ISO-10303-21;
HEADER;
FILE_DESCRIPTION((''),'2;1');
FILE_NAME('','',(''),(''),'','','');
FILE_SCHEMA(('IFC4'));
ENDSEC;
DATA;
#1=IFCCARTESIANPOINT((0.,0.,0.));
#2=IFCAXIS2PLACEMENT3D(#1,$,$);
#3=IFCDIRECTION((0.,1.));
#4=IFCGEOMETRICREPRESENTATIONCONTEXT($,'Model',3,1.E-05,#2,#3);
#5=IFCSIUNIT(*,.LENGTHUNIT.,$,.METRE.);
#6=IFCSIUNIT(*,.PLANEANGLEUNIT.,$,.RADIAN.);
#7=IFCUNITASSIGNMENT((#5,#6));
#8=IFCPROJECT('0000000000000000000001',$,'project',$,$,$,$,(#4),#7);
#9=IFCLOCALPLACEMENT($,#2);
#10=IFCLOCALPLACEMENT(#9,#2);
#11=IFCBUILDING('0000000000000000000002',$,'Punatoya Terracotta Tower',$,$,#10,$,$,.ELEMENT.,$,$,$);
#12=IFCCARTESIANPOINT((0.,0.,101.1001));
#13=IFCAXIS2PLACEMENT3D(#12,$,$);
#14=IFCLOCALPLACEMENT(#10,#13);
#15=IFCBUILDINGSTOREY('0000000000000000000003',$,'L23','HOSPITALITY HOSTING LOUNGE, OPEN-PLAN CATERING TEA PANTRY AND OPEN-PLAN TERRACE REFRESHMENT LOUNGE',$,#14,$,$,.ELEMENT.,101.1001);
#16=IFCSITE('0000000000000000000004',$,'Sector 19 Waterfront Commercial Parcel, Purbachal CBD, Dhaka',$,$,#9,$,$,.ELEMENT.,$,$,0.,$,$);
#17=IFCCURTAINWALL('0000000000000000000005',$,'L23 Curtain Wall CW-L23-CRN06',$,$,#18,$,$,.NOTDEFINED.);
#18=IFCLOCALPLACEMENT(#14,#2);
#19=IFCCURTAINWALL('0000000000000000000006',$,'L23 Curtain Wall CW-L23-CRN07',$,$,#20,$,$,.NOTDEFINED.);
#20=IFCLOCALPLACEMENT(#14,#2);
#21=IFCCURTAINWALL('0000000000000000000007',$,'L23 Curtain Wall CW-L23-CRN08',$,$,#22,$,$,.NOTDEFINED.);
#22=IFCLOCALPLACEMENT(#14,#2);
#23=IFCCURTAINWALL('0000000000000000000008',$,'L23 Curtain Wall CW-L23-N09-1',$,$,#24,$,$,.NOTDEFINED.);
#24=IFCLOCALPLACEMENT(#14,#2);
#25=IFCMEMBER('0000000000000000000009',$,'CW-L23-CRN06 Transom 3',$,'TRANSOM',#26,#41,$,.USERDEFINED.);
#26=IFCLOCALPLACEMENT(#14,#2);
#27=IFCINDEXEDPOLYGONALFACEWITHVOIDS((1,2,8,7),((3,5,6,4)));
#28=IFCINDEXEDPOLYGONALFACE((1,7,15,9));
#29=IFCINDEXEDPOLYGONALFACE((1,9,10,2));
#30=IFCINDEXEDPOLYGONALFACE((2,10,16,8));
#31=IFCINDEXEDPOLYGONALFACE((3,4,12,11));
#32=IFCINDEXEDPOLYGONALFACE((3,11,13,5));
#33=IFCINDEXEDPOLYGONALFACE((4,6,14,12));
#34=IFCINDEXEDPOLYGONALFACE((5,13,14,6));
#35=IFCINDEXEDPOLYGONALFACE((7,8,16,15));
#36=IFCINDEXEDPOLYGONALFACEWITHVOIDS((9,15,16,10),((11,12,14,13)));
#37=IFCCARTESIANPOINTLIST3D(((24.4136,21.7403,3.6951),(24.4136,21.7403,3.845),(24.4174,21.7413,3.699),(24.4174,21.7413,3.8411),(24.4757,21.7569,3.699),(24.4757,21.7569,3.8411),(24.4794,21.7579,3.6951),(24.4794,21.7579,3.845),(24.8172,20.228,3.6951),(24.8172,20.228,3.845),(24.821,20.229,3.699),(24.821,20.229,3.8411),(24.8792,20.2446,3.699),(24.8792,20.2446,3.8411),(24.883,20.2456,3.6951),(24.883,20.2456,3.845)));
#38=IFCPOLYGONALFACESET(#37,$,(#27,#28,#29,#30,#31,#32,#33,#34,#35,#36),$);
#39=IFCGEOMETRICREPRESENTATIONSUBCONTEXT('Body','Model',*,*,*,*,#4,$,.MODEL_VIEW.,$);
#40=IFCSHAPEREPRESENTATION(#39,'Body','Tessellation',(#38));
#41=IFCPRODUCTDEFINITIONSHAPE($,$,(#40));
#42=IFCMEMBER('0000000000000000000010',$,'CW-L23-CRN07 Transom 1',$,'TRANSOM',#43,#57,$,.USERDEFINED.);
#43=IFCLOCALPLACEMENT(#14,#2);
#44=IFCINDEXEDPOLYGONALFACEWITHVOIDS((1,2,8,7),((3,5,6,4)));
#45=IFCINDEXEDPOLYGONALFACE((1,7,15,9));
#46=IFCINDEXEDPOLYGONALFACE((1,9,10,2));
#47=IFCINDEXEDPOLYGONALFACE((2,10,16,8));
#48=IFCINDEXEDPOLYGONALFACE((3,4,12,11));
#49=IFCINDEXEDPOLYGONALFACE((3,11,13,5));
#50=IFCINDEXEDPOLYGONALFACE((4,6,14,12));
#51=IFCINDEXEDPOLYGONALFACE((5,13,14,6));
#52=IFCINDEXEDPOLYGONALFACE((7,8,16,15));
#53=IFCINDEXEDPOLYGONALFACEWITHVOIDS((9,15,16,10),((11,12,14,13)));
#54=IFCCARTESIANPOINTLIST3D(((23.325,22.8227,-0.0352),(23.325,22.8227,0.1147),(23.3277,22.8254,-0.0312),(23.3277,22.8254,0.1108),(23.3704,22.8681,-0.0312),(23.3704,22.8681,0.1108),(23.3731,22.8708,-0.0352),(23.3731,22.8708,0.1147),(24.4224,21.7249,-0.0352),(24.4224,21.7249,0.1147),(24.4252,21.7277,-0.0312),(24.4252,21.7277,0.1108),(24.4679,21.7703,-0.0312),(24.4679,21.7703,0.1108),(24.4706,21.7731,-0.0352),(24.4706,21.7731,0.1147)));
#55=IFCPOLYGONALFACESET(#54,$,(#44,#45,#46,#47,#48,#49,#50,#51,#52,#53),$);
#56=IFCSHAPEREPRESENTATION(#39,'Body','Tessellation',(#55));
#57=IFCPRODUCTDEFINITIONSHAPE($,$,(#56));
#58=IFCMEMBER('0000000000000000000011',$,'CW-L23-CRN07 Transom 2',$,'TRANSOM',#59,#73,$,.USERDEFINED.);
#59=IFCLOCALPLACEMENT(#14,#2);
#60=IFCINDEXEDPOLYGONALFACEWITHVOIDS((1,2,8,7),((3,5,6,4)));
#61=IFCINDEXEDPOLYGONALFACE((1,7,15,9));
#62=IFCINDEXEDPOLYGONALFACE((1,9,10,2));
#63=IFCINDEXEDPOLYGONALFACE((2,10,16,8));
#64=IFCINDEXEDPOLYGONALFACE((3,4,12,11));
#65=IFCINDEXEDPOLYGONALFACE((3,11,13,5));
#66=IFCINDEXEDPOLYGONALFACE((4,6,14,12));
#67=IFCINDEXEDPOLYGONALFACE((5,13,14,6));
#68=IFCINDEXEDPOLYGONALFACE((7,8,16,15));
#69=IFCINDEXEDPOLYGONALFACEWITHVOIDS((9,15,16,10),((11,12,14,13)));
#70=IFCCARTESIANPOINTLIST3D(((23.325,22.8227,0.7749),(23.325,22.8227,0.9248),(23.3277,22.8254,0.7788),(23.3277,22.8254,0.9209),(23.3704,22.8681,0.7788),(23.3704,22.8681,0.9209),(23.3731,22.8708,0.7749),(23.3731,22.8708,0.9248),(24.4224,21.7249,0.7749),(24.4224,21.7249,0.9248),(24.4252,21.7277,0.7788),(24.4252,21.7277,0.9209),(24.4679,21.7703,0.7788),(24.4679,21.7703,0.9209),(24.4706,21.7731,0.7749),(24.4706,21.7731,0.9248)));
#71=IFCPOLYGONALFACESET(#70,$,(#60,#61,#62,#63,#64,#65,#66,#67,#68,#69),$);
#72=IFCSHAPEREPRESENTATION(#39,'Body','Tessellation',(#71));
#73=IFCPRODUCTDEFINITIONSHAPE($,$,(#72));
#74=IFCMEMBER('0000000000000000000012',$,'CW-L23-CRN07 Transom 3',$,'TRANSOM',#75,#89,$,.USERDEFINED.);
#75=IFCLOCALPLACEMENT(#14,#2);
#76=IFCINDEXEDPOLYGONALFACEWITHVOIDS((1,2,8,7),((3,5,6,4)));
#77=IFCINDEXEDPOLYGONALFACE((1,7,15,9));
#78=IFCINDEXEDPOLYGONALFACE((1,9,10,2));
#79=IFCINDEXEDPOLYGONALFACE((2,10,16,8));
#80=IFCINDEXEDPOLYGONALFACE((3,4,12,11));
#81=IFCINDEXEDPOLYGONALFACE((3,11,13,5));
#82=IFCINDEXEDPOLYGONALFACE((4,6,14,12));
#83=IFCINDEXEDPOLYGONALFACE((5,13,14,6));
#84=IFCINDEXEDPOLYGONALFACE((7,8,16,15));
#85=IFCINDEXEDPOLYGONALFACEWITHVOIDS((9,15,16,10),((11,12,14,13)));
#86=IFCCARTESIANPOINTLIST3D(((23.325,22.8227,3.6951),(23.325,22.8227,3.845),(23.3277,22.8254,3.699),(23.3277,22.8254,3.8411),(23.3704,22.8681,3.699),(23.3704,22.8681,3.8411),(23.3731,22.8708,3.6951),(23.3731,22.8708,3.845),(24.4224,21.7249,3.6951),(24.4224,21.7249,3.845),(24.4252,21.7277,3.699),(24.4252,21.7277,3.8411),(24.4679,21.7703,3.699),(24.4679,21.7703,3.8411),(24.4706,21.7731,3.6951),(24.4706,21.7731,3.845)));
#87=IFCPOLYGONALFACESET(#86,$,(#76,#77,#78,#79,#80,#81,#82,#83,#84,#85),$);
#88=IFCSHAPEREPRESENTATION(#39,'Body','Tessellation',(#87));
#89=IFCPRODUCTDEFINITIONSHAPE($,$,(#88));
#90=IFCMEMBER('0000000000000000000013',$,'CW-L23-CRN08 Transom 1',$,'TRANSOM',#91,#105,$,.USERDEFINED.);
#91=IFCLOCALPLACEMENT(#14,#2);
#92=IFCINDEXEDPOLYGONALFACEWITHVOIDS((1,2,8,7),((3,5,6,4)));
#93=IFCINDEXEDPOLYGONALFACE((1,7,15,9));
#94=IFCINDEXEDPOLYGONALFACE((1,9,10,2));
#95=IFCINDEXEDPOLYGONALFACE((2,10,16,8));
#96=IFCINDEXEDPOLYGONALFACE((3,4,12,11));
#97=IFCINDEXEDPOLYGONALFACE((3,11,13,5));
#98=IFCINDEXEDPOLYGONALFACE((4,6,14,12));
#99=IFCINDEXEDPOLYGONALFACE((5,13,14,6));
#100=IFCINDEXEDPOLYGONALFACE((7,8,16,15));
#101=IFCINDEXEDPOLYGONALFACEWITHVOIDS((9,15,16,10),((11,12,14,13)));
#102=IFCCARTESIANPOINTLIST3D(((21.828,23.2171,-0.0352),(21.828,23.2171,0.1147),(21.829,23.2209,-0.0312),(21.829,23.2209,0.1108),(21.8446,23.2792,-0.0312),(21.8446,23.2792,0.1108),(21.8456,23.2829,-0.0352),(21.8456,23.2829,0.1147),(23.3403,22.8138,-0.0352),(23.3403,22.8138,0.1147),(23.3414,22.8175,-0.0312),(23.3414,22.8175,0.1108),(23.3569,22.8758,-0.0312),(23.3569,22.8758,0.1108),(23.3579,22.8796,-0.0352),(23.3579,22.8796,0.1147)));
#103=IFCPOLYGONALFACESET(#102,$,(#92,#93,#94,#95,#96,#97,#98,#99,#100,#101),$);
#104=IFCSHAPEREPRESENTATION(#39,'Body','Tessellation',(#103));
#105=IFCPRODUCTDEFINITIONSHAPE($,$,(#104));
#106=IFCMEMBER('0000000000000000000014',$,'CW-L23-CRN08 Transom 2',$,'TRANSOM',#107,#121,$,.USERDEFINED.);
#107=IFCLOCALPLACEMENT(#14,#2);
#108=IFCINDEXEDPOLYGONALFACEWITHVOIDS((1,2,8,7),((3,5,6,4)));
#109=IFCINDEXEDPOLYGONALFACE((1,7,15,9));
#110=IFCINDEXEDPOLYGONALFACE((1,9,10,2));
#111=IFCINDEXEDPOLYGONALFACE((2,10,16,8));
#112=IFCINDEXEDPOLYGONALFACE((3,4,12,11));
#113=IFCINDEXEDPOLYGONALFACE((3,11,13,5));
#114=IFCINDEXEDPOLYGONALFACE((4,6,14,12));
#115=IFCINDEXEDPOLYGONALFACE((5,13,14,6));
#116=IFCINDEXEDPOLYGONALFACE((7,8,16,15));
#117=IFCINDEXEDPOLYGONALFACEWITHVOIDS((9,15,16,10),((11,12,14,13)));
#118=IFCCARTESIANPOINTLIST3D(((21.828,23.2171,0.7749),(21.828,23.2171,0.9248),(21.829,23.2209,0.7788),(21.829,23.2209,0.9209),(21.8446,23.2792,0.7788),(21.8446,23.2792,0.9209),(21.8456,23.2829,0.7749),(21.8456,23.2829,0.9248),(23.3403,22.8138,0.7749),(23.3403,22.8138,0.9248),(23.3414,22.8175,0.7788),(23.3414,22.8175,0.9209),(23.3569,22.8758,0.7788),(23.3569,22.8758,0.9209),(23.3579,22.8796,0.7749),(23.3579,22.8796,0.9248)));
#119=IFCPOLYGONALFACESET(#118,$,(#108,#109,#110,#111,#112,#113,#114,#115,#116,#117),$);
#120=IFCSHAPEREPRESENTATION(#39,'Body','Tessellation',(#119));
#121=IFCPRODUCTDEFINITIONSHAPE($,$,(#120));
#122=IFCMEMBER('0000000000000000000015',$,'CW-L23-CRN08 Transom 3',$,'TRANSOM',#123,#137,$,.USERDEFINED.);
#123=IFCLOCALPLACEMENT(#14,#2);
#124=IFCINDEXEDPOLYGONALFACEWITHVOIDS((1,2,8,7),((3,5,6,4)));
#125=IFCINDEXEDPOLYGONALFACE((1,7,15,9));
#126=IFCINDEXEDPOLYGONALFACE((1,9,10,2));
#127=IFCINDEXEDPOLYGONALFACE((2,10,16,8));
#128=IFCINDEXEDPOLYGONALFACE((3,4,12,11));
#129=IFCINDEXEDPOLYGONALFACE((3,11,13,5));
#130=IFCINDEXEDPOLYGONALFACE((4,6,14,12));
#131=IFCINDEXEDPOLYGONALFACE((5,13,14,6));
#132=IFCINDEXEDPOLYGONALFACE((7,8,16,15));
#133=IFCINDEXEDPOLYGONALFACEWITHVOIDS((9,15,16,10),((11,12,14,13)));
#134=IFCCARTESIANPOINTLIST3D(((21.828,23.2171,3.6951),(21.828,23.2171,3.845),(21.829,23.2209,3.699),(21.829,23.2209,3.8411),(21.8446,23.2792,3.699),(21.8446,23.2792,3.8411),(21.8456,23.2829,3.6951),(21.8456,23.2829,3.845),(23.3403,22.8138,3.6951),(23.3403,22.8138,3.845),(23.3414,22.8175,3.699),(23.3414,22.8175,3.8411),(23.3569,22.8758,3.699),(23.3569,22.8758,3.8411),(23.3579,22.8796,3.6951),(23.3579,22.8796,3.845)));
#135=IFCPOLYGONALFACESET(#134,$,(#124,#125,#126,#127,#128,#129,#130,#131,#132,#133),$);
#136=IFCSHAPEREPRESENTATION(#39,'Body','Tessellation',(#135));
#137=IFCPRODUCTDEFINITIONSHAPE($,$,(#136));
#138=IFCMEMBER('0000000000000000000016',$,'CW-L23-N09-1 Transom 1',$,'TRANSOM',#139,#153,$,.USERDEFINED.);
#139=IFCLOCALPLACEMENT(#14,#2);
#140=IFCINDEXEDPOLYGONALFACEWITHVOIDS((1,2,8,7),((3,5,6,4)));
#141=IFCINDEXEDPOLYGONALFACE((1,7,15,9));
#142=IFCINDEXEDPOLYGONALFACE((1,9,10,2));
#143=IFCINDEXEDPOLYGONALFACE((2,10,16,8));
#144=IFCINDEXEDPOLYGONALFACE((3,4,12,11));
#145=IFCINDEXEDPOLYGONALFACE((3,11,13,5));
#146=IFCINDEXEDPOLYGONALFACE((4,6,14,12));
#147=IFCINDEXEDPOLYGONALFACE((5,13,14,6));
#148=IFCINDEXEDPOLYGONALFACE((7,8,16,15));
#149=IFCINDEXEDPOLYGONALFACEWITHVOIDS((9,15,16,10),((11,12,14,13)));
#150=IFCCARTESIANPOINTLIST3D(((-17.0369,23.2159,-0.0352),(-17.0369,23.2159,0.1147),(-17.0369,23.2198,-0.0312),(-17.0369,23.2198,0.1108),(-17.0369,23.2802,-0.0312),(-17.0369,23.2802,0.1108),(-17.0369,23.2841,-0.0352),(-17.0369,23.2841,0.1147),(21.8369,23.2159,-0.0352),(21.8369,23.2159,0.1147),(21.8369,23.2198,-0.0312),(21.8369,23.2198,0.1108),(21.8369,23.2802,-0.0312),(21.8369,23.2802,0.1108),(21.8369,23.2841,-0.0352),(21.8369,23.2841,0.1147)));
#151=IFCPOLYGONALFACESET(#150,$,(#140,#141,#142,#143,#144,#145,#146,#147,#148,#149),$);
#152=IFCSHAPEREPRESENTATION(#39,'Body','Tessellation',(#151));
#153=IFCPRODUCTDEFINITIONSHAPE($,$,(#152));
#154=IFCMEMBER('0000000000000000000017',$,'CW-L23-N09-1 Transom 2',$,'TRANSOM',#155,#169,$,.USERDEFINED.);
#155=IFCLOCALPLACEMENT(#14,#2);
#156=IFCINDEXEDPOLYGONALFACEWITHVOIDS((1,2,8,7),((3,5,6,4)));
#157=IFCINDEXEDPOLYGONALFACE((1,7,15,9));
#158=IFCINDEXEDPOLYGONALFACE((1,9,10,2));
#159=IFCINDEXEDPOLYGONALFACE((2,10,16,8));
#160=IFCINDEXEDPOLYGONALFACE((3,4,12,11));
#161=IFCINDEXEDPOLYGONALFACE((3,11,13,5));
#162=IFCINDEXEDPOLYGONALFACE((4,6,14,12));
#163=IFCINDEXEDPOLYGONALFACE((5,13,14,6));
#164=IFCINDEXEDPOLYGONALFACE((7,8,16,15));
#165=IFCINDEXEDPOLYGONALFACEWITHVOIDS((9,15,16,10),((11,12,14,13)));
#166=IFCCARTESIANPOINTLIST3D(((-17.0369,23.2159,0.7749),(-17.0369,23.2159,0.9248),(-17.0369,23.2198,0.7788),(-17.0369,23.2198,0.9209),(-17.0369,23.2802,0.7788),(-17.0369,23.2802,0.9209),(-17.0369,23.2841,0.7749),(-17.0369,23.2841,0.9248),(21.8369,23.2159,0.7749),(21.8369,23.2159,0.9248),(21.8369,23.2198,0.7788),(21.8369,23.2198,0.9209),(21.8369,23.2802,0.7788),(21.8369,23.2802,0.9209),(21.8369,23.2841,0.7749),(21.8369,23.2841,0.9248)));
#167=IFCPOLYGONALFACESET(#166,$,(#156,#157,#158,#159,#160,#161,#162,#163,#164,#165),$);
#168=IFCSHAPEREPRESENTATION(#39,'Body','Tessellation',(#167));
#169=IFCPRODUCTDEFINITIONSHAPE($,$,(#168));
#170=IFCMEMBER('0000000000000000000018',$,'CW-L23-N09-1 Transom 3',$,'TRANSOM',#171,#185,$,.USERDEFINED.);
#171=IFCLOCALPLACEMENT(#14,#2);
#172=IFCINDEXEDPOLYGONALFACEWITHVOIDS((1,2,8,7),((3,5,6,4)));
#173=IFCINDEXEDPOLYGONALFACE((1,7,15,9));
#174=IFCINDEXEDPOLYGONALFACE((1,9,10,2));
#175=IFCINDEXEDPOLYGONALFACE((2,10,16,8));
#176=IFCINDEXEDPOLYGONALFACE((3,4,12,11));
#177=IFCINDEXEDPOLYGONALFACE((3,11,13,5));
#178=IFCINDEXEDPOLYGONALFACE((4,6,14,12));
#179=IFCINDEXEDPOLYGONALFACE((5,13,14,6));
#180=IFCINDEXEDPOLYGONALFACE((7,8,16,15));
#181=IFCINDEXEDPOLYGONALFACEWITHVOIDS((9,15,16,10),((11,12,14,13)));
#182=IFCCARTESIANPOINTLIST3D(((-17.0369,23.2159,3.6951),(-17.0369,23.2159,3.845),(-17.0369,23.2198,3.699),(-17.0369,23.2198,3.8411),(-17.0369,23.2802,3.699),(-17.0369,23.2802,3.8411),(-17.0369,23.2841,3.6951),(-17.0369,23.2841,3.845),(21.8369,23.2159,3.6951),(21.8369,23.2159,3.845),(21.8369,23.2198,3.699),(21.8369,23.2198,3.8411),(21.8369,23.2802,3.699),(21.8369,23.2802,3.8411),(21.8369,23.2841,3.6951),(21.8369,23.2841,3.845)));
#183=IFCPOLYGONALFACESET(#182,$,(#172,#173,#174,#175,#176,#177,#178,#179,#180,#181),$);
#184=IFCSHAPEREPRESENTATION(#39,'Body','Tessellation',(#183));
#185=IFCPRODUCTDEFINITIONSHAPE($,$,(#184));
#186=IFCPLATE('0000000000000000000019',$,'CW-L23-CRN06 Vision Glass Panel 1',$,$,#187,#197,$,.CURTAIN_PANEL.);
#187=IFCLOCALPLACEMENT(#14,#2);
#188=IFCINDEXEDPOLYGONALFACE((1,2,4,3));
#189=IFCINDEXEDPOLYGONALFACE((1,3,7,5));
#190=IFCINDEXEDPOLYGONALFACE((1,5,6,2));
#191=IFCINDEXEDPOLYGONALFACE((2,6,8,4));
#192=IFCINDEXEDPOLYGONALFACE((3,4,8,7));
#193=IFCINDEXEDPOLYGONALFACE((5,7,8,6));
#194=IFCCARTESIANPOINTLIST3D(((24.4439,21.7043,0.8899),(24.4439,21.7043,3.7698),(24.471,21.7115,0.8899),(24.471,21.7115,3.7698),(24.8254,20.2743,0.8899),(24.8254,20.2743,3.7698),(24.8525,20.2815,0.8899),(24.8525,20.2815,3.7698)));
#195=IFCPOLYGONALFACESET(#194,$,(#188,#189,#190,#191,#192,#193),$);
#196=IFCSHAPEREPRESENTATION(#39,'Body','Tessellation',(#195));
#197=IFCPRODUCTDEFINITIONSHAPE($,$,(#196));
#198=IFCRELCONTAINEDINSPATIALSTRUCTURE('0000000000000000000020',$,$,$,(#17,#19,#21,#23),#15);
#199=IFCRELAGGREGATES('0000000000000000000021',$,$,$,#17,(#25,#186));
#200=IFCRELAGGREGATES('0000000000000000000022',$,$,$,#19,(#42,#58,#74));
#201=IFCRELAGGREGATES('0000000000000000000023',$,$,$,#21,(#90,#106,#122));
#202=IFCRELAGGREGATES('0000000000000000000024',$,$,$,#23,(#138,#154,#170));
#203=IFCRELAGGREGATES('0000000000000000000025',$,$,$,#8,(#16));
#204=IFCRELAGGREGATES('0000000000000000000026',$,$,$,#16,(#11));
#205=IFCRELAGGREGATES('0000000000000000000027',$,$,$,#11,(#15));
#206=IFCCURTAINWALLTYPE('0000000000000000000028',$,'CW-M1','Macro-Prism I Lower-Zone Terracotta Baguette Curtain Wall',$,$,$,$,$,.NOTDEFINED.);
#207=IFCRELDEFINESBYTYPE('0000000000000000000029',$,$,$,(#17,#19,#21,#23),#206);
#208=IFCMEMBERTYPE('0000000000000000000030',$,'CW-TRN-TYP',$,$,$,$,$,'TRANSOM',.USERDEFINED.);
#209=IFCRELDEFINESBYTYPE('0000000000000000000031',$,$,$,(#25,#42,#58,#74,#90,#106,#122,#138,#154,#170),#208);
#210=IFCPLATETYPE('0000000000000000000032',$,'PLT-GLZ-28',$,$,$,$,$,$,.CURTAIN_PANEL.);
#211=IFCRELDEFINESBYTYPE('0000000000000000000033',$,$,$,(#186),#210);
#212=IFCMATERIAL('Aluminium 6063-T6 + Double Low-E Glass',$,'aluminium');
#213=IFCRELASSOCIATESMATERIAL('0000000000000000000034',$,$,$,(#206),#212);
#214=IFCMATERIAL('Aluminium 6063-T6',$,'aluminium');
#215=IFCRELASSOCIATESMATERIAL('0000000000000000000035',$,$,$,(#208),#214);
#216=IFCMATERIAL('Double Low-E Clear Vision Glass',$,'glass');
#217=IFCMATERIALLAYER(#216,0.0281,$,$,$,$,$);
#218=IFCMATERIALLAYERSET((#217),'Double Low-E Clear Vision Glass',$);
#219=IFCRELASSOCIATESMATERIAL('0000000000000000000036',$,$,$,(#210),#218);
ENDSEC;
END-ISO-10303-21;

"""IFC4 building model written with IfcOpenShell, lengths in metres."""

from ifc_helpers import new_model, si_unit, direction, frame, origin, origin_2d, place, context, subcontext, project, spatial, rectangle, hollow_rectangle, extrude, material, layer, layer_set, material_profile, profile_set, type_object, element, aggregate, save


model = new_model("IFC4")

# Units and contexts
model_context = context("Model", 3, precision=1e-05, world=origin(), true_north=direction((0.0, 1.0)))
body_context = subcontext(model_context, "Body", "Model", "MODEL_VIEW")
ifc_project = project(units=[si_unit("LENGTHUNIT", "METRE"), si_unit("PLANEANGLEUNIT", "RADIAN")], contexts=[model_context])

# Site, building, storey
site_placement = place(None, origin())
site = spatial("IfcSite", under=ifc_project, at=site_placement, Name="Sector 19 Waterfront Commercial Parcel, Purbachal CBD, Dhaka", CompositionType="ELEMENT", RefElevation=0.0)
building_placement = place(site_placement, origin())
building = spatial("IfcBuilding", under=site, at=building_placement, Name="Punatoya Terracotta Tower", CompositionType="ELEMENT")
storey_placement = place(building_placement, frame((0.0, 0.0, 101.1001)))
storey = spatial("IfcBuildingStorey", under=building, at=storey_placement, Name="L23", Description="HOSPITALITY HOSTING LOUNGE, OPEN-PLAN CATERING TEA PANTRY AND OPEN-PLAN TERRACE REFRESHMENT LOUNGE", CompositionType="ELEMENT", Elevation=101.1001)

# Curtain walls
ifc_material_1 = material(Name="Aluminium 6063-T6 + Double Low-E Glass", Category="aluminium")
curtain_wall_type = type_object("IfcCurtainWallType", Name="CW-M1", Description="Macro-Prism I Lower-Zone Terracotta Baguette Curtain Wall", PredefinedType="NOTDEFINED", material=ifc_material_1)
curtain_wall_1_placement = place(storey_placement, origin())
curtain_wall_1 = element("IfcCurtainWall", 1, at=curtain_wall_1_placement, inside=storey, type_object=curtain_wall_type, Name="L23 Curtain Wall CW-L23-CRN06", PredefinedType="NOTDEFINED")
ifc_material_2 = material(Name="Aluminium 6063-T6", Category="aluminium")
curtain_wall_2_placement = place(storey_placement, origin())
curtain_wall_2 = element("IfcCurtainWall", 2, at=curtain_wall_2_placement, inside=storey, type_object=curtain_wall_type, Name="L23 Curtain Wall CW-L23-CRN07", PredefinedType="NOTDEFINED")
curtain_wall_3_placement = place(storey_placement, origin())
curtain_wall_3 = element("IfcCurtainWall", 3, at=curtain_wall_3_placement, inside=storey, type_object=curtain_wall_type, Name="L23 Curtain Wall CW-L23-CRN08", PredefinedType="NOTDEFINED")

# Curtain wall
curtain_wall_4_placement = place(storey_placement, origin())
curtain_wall_4 = element("IfcCurtainWall", 4, at=curtain_wall_4_placement, inside=storey, type_object=curtain_wall_type, Name="L23 Curtain Wall CW-L23-N09-1", PredefinedType="NOTDEFINED")

# Members
ifc_material_profile_1 = material_profile(ifc_material_2, hollow_rectangle(XDim=0.0681, YDim=0.1499, WallThickness=0.0039, at=origin_2d()))
ifc_profile_set_1 = profile_set([ifc_material_profile_1], Name="Aluminium 6063-T6")
member_type_1 = type_object("IfcMemberType", Name="CW-TRN-TYP", ElementType="TRANSOM", PredefinedType="USERDEFINED", material=ifc_profile_set_1)
member_1_placement = place(storey_placement, frame((24.8501, 20.2368, 3.77), z_axis=(-0.257847, 0.966186, 0.0), x_axis=(-0.966186, -0.257847, 0.0)))
member_1 = element("IfcMember", 5, at=member_1_placement, type_object=member_type_1, Name="CW-L23-CRN06 Transom 3", ObjectType="TRANSOM", PredefinedType="USERDEFINED", context=body_context, shape_type="SweptSolid", body=[
    extrude(hollow_rectangle(XDim=0.0681, YDim=0.1499, WallThickness=0.0039, at=origin_2d()), origin(), (0.0, 0.0, 1.0), 1.5652),
])
member_2_placement = place(storey_placement, frame((24.4465, 21.749, 0.0398), z_axis=(-0.707028, 0.707185, 0.0), x_axis=(-0.707185, -0.707028, 0.0)))
member_2 = element("IfcMember", 6, at=member_2_placement, type_object=member_type_1, Name="CW-L23-CRN07 Transom 1", ObjectType="TRANSOM", PredefinedType="USERDEFINED", context=body_context, shape_type="SweptSolid", body=[
    extrude(hollow_rectangle(XDim=0.0681, YDim=0.1499, WallThickness=0.0039, at=origin_2d()), origin(), (0.0, 0.0, 1.0), 1.5522),
])
member_3_placement = place(storey_placement, frame((24.4465, 21.749, 0.8499), z_axis=(-0.707028, 0.707185, 0.0), x_axis=(-0.707185, -0.707028, 0.0)))
member_3 = element("IfcMember", 7, at=member_3_placement, type_object=member_type_1, Name="CW-L23-CRN07 Transom 2", ObjectType="TRANSOM", PredefinedType="USERDEFINED", context=body_context, shape_type="SweptSolid", body=[
    extrude(hollow_rectangle(XDim=0.0681, YDim=0.1499, WallThickness=0.0039, at=origin_2d()), origin(), (0.0, 0.0, 1.0), 1.5522),
])
member_4_placement = place(storey_placement, frame((24.4465, 21.749, 3.77), z_axis=(-0.707028, 0.707185, 0.0), x_axis=(-0.707185, -0.707028, 0.0)))
member_4 = element("IfcMember", 8, at=member_4_placement, type_object=member_type_1, Name="CW-L23-CRN07 Transom 3", ObjectType="TRANSOM", PredefinedType="USERDEFINED", context=body_context, shape_type="SweptSolid", body=[
    extrude(hollow_rectangle(XDim=0.0681, YDim=0.1499, WallThickness=0.0039, at=origin_2d()), origin(), (0.0, 0.0, 1.0), 1.5522),
])
member_5_placement = place(storey_placement, frame((23.3491, 22.8467, 0.0398), z_axis=(-0.966225, 0.257701, 0.0), x_axis=(-0.257701, -0.966225, 0.0)))
member_5 = element("IfcMember", 9, at=member_5_placement, type_object=member_type_1, Name="CW-L23-CRN08 Transom 1", ObjectType="TRANSOM", PredefinedType="USERDEFINED", context=body_context, shape_type="SweptSolid", body=[
    extrude(hollow_rectangle(XDim=0.0681, YDim=0.1499, WallThickness=0.0039, at=origin_2d()), origin(), (0.0, 0.0, 1.0), 1.5652),
])
member_6_placement = place(storey_placement, frame((23.3491, 22.8467, 0.8499), z_axis=(-0.966225, 0.257701, 0.0), x_axis=(-0.257701, -0.966225, 0.0)))
member_6 = element("IfcMember", 10, at=member_6_placement, type_object=member_type_1, Name="CW-L23-CRN08 Transom 2", ObjectType="TRANSOM", PredefinedType="USERDEFINED", context=body_context, shape_type="SweptSolid", body=[
    extrude(hollow_rectangle(XDim=0.0681, YDim=0.1499, WallThickness=0.0039, at=origin_2d()), origin(), (0.0, 0.0, 1.0), 1.5652),
])
member_7_placement = place(storey_placement, frame((23.3491, 22.8467, 3.77), z_axis=(-0.966225, 0.257701, 0.0), x_axis=(-0.257701, -0.966225, 0.0)))
member_7 = element("IfcMember", 11, at=member_7_placement, type_object=member_type_1, Name="CW-L23-CRN08 Transom 3", ObjectType="TRANSOM", PredefinedType="USERDEFINED", context=body_context, shape_type="SweptSolid", body=[
    extrude(hollow_rectangle(XDim=0.0681, YDim=0.1499, WallThickness=0.0039, at=origin_2d()), origin(), (0.0, 0.0, 1.0), 1.5652),
])
member_8_placement = place(storey_placement, frame((21.8369, 23.25, 0.0398), z_axis=(-1.0, 0.0, 0.0), x_axis=(0.0, -1.0, 0.0)))
member_8 = element("IfcMember", 12, at=member_8_placement, type_object=member_type_1, Name="CW-L23-N09-1 Transom 1", ObjectType="TRANSOM", PredefinedType="USERDEFINED", context=body_context, shape_type="SweptSolid", body=[
    extrude(hollow_rectangle(XDim=0.0681, YDim=0.1499, WallThickness=0.0039, at=origin_2d()), origin(), (0.0, 0.0, 1.0), 38.8738),
])
member_9_placement = place(storey_placement, frame((21.8369, 23.25, 0.8499), z_axis=(-1.0, 0.0, 0.0), x_axis=(0.0, -1.0, 0.0)))
member_9 = element("IfcMember", 13, at=member_9_placement, type_object=member_type_1, Name="CW-L23-N09-1 Transom 2", ObjectType="TRANSOM", PredefinedType="USERDEFINED", context=body_context, shape_type="SweptSolid", body=[
    extrude(hollow_rectangle(XDim=0.0681, YDim=0.1499, WallThickness=0.0039, at=origin_2d()), origin(), (0.0, 0.0, 1.0), 38.8738),
])
member_10_placement = place(storey_placement, frame((21.8369, 23.25, 3.77), z_axis=(-1.0, 0.0, 0.0), x_axis=(0.0, -1.0, 0.0)))
member_10 = element("IfcMember", 14, at=member_10_placement, type_object=member_type_1, Name="CW-L23-N09-1 Transom 3", ObjectType="TRANSOM", PredefinedType="USERDEFINED", context=body_context, shape_type="SweptSolid", body=[
    extrude(hollow_rectangle(XDim=0.0681, YDim=0.1499, WallThickness=0.0039, at=origin_2d()), origin(), (0.0, 0.0, 1.0), 38.8738),
])

# Plate
ifc_material_3 = material(Name="Double Low-E Clear Vision Glass", Category="glass")
ifc_layer_1 = layer(ifc_material_3, 0.0281)
ifc_layer_set_1 = layer_set([ifc_layer_1], Name="Double Low-E Clear Vision Glass")
plate_type_1 = type_object("IfcPlateType", Name="PLT-GLZ-28", PredefinedType="CURTAIN_PANEL", material=ifc_layer_set_1)
plate_1_placement = place(storey_placement, frame((24.6482, 20.9929, 0.8899), z_axis=(0.0, 0.0, 1.0), x_axis=(-0.257742, 0.966214, 0.0)))
plate_1 = element("IfcPlate", 15, at=plate_1_placement, type_object=plate_type_1, Name="CW-L23-CRN06 Vision Glass Panel 1", PredefinedType="CURTAIN_PANEL", context=body_context, shape_type="SweptSolid", body=[
    extrude(rectangle(XDim=1.48, YDim=0.0281, at=origin_2d()), origin(), (0.0, 0.0, 1.0), 2.8799),
])
aggregate(curtain_wall_1, [member_1, plate_1])
aggregate(curtain_wall_2, [member_2, member_3, member_4])
aggregate(curtain_wall_3, [member_5, member_6, member_7])
aggregate(curtain_wall_4, [member_8, member_9, member_10])

save(model, "model.ifc")
